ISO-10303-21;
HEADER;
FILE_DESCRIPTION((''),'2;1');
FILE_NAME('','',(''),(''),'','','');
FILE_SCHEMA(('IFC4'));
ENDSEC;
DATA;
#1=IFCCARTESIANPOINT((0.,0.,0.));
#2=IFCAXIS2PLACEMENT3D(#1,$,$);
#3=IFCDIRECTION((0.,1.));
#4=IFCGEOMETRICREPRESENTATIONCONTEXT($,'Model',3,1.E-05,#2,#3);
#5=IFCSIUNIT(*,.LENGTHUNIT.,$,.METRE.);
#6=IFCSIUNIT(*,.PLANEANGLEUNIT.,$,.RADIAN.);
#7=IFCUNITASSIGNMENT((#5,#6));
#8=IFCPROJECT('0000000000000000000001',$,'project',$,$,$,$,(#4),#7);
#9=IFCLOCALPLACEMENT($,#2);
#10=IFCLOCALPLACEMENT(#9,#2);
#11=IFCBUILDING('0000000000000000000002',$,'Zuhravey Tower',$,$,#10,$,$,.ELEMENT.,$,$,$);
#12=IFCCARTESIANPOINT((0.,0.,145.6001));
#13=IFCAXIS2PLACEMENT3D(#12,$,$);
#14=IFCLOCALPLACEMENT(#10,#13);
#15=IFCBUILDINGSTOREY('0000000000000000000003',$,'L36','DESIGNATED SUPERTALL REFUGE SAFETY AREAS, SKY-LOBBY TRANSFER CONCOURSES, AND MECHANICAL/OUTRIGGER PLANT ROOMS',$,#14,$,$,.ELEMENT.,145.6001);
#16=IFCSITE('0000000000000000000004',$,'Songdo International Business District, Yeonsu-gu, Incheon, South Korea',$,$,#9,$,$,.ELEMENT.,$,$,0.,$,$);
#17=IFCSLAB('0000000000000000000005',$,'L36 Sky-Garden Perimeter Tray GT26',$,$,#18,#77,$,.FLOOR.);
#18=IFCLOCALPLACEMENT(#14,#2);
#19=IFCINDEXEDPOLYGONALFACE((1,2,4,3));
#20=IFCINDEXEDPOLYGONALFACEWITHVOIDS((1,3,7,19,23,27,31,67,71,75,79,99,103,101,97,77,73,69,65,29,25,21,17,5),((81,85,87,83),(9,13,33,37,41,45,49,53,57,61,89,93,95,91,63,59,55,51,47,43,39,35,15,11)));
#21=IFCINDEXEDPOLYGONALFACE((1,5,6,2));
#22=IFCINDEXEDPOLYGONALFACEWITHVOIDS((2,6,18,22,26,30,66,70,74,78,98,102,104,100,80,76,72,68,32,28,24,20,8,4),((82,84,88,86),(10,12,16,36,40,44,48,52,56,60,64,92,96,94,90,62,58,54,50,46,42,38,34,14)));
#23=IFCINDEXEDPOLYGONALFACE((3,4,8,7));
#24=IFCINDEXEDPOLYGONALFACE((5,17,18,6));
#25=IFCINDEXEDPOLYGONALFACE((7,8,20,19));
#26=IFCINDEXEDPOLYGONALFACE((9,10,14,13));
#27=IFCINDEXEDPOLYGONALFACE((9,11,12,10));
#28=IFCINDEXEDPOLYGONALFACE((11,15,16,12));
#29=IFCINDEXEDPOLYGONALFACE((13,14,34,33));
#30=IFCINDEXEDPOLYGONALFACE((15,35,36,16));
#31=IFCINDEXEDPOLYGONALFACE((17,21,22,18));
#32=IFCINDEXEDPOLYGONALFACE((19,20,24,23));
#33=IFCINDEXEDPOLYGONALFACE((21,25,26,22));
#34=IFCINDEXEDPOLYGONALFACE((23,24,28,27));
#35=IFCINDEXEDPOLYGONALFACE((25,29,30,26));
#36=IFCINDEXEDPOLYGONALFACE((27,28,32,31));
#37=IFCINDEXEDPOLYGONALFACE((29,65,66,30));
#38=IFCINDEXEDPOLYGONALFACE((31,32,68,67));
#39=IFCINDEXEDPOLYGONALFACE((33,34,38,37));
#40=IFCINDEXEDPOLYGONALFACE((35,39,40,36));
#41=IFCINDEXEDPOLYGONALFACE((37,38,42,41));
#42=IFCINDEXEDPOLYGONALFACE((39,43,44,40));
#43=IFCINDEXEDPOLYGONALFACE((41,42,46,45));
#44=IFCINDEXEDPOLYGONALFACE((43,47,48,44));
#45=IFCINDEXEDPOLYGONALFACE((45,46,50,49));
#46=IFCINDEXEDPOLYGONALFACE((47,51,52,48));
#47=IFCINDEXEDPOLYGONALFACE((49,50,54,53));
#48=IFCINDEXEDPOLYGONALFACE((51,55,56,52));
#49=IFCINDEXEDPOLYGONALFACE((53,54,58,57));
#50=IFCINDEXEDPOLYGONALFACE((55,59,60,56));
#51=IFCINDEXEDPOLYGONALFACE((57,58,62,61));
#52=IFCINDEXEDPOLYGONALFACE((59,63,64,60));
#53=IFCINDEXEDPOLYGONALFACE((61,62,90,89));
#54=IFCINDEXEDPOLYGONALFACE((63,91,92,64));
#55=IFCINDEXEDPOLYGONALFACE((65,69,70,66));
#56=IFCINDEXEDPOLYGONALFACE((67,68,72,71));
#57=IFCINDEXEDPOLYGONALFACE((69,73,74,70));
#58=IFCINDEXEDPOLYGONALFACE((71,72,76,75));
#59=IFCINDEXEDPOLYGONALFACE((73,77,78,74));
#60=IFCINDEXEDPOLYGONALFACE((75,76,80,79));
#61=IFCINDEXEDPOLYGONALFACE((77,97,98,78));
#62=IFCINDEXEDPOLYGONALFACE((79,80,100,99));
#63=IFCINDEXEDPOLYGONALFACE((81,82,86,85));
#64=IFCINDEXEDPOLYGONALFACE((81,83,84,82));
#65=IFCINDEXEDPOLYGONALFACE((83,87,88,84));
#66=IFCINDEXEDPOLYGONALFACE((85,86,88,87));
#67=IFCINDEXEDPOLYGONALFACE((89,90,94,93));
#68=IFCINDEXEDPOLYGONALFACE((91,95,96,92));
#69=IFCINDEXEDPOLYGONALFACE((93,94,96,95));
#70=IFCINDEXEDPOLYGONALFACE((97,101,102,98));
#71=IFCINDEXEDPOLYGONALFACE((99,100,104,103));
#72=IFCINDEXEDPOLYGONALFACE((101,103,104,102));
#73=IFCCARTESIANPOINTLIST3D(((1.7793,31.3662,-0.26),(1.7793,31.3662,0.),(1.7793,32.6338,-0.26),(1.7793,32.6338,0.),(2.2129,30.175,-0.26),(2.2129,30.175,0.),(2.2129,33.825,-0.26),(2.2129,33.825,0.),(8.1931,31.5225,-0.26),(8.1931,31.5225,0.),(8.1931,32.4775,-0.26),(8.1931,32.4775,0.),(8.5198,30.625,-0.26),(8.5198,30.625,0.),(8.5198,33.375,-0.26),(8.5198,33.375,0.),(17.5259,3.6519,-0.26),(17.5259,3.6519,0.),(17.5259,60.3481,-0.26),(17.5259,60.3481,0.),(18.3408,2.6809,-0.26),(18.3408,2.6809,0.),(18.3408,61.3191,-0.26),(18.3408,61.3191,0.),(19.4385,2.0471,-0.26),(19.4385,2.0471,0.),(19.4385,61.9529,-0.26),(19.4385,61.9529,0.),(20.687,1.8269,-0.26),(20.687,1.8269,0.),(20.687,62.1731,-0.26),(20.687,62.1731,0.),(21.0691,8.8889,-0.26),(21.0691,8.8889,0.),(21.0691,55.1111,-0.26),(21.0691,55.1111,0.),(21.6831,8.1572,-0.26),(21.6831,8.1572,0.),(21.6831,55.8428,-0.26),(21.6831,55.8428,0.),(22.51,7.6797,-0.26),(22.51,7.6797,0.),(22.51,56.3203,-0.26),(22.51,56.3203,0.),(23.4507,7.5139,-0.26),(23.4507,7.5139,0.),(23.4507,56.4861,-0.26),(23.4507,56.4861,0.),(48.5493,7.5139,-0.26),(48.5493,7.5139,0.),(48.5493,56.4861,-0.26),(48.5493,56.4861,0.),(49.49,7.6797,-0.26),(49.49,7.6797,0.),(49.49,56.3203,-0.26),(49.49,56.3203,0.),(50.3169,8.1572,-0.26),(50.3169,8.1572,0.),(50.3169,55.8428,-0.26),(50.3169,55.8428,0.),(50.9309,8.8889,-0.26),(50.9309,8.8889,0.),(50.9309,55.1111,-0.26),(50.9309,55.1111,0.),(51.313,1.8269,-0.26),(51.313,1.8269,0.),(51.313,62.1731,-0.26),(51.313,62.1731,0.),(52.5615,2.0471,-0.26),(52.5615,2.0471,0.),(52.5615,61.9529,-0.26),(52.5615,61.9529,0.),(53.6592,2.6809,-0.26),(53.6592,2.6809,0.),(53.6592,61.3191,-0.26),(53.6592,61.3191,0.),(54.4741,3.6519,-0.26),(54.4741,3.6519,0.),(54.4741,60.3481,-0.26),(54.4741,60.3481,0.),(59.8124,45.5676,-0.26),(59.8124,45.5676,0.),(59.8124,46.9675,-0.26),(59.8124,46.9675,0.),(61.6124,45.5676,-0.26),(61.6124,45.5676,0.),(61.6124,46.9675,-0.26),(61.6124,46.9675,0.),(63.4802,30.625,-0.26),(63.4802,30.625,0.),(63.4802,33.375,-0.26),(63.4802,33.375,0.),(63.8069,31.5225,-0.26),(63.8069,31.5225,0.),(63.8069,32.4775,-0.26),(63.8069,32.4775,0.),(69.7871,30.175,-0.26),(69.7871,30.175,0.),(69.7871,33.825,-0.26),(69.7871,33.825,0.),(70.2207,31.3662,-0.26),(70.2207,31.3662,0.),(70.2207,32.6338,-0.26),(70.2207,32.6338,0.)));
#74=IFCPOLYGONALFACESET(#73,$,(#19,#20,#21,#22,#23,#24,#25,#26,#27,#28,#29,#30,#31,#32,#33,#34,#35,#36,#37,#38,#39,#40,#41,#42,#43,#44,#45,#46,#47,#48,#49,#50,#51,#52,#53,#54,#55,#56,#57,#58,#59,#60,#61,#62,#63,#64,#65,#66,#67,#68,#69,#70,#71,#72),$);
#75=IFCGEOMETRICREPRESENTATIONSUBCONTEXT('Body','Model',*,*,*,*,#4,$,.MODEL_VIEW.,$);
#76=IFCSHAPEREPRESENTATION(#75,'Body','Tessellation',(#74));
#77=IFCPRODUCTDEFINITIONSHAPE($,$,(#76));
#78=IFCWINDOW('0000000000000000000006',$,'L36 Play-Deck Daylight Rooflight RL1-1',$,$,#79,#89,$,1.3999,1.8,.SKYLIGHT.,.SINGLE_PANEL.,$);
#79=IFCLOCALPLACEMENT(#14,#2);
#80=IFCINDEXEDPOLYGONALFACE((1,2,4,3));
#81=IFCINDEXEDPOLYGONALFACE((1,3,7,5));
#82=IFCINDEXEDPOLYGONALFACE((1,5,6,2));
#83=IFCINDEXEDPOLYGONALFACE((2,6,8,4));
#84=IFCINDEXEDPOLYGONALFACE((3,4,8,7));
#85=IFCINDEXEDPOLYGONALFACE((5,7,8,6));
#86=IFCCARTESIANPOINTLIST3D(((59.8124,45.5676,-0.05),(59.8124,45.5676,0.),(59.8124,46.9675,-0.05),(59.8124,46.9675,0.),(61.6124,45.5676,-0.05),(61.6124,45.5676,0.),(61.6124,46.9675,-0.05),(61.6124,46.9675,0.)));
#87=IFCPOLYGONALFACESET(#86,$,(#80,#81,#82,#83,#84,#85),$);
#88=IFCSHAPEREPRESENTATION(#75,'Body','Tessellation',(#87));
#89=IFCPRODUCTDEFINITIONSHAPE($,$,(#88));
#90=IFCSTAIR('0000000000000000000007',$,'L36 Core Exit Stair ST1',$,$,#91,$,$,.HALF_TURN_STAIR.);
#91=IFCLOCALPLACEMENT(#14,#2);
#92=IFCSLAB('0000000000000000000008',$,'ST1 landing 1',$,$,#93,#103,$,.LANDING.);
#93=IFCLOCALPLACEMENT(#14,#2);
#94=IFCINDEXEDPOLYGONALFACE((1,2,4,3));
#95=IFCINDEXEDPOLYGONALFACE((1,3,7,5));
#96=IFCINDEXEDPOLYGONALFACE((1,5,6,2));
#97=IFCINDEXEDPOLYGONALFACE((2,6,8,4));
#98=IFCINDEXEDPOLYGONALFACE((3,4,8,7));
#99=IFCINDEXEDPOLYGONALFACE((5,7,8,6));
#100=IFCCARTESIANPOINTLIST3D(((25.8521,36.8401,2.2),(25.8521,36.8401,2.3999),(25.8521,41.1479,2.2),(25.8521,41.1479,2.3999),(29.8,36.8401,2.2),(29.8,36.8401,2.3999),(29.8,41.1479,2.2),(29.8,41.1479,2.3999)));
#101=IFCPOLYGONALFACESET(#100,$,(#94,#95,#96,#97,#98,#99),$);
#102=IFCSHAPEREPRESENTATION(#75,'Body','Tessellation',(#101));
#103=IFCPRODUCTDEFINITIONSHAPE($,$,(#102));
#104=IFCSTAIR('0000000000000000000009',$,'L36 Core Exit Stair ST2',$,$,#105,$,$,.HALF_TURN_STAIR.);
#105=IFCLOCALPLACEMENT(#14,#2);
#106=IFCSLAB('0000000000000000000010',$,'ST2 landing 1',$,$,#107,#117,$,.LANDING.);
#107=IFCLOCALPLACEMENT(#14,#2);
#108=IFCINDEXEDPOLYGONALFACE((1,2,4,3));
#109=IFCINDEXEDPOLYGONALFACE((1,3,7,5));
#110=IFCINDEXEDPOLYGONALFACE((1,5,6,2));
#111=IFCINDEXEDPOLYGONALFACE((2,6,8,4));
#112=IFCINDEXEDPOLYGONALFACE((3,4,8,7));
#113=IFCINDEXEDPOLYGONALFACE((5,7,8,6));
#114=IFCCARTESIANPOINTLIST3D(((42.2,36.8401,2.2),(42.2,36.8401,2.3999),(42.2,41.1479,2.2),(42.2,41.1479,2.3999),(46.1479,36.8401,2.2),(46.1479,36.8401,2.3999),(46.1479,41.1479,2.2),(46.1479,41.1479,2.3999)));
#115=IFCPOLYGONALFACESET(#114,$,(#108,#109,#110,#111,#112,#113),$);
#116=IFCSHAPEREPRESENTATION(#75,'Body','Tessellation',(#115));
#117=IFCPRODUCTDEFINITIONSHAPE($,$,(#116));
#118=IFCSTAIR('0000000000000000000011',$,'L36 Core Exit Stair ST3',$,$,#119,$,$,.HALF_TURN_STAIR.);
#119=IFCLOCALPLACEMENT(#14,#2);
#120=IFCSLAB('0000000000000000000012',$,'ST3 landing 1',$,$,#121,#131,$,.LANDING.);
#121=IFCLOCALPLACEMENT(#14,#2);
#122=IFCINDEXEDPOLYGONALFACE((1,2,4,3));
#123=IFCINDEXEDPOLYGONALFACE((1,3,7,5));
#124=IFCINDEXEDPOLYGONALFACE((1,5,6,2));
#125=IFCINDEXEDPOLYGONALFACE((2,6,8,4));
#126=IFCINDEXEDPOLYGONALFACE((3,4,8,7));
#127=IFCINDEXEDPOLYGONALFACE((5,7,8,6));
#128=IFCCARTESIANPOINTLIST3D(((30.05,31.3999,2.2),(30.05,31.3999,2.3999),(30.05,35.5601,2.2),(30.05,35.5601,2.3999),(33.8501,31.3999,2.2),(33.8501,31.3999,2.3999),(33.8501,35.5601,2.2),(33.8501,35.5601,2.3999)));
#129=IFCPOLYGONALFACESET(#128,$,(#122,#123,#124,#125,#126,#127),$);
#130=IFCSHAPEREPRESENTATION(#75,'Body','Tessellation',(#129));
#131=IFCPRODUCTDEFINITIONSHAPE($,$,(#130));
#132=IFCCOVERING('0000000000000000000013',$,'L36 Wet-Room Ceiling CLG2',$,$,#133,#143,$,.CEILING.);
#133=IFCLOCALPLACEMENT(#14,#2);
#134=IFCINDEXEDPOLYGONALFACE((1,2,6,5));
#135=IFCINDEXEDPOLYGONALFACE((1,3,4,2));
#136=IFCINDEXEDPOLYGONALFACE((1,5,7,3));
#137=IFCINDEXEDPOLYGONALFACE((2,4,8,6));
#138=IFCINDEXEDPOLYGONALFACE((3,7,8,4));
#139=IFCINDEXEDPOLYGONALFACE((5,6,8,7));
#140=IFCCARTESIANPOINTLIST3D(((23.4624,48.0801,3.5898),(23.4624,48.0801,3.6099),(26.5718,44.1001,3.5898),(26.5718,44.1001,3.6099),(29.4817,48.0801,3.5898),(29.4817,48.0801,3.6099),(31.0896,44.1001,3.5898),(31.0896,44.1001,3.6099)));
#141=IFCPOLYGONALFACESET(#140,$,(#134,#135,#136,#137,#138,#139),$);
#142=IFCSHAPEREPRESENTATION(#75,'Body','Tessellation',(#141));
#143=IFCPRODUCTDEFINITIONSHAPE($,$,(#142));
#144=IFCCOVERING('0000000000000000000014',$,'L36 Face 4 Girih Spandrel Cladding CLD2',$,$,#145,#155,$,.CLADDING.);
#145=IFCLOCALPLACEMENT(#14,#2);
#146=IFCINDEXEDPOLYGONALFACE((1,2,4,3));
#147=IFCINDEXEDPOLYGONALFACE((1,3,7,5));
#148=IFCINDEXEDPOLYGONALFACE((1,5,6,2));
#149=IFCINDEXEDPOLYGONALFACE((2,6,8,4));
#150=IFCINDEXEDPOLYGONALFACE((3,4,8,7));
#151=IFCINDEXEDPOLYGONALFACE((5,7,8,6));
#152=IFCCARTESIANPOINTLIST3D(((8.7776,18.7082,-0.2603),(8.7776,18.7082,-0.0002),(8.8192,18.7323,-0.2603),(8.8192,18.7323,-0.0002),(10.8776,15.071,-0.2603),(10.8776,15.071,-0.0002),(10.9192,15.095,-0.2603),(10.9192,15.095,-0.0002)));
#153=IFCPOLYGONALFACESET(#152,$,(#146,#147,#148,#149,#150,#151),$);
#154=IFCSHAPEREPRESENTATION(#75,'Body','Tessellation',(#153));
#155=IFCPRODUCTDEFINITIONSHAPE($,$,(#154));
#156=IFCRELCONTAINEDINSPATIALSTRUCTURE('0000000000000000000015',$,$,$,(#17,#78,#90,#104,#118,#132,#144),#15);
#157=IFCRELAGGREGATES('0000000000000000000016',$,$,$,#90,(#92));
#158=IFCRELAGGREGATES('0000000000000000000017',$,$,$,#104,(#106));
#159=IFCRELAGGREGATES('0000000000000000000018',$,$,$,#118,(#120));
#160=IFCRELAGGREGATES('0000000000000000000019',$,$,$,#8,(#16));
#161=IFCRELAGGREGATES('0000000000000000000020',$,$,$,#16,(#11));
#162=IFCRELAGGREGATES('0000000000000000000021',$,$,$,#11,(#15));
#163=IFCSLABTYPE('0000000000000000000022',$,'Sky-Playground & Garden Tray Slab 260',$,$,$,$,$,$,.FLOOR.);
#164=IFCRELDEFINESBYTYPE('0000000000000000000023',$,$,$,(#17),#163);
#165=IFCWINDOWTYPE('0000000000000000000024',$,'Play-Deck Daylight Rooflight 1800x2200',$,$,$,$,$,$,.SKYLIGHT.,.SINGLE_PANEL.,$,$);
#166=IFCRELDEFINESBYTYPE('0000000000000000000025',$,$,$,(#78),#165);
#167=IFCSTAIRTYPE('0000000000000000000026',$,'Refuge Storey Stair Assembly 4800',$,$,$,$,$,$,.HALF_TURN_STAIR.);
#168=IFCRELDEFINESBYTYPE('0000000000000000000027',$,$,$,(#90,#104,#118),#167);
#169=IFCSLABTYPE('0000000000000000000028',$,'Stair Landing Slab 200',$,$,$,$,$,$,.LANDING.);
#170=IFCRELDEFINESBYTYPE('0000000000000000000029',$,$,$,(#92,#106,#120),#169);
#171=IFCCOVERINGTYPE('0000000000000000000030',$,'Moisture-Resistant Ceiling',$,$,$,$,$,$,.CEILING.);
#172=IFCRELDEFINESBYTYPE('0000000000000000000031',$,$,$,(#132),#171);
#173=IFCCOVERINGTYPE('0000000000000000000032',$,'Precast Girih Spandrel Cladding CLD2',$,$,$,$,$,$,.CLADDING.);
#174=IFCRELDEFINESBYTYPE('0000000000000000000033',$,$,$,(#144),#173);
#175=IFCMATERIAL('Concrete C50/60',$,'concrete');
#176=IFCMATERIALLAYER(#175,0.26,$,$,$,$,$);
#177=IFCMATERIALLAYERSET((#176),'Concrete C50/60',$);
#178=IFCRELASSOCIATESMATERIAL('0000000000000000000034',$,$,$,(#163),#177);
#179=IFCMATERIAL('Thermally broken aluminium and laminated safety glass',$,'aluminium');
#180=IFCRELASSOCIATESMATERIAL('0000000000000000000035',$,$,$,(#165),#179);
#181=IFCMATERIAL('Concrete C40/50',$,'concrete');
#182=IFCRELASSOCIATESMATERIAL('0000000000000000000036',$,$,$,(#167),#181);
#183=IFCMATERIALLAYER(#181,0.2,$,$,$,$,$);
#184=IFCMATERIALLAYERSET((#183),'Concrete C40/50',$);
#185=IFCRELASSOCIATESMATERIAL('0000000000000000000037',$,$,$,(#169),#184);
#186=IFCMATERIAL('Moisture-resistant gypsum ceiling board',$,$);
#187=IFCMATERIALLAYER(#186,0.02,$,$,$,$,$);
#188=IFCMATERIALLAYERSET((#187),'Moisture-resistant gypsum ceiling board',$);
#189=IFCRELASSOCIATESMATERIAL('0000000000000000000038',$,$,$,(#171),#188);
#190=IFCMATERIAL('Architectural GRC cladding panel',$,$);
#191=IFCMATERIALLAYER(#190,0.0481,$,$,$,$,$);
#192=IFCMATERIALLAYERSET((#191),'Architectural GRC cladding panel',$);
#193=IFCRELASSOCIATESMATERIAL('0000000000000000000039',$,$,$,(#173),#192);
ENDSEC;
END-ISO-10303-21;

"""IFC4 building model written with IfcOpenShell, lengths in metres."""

from ifc_helpers import new_model, si_unit, direction, frame, origin, origin_2d, place, context, subcontext, project, spatial, polyline, rectangle, outline, extrude, material, layer, layer_set, type_object, element, fill, aggregate, save


model = new_model("IFC4")

# Units and contexts
model_context = context("Model", 3, precision=1e-05, world=origin(), true_north=direction((0.0, 1.0)))
body_context = subcontext(model_context, "Body", "Model", "MODEL_VIEW")
ifc_project = project(units=[si_unit("LENGTHUNIT", "METRE"), si_unit("PLANEANGLEUNIT", "RADIAN")], contexts=[model_context])

# Site, building, storey
site_placement = place(None, origin())
site = spatial("IfcSite", under=ifc_project, at=site_placement, Name="Songdo International Business District, Yeonsu-gu, Incheon, South Korea", CompositionType="ELEMENT", RefElevation=0.0)
building_placement = place(site_placement, origin())
building = spatial("IfcBuilding", under=site, at=building_placement, Name="Zuhravey Tower", CompositionType="ELEMENT")
storey_placement = place(building_placement, frame((0.0, 0.0, 145.6001)))
storey = spatial("IfcBuildingStorey", under=building, at=storey_placement, Name="L36", Description="DESIGNATED SUPERTALL REFUGE SAFETY AREAS, SKY-LOBBY TRANSFER CONCOURSES, AND MECHANICAL/OUTRIGGER PLANT ROOMS", CompositionType="ELEMENT", Elevation=145.6001)

# Shared definitions
ifc_material_1 = material(Name="Concrete C50/60", Category="concrete")

# Slab, opening, window
ifc_layer_1 = layer(ifc_material_1, 0.26)
ifc_layer_set_1 = layer_set([ifc_layer_1], Name="Concrete C50/60")
slab_type_1 = type_object("IfcSlabType", Name="Sky-Playground & Garden Tray Slab 260", PredefinedType="FLOOR", material=ifc_layer_set_1)
slab_1_placement = place(storey_placement, frame((0.0, 0.0, -0.26)))
slab_1 = element("IfcSlab", 1, at=slab_1_placement, inside=storey, type_object=slab_type_1, Name="L36 Sky-Garden Perimeter Tray GT26", PredefinedType="FLOOR", context=body_context, shape_type="SweptSolid", body=[
    extrude(outline(polyline([(69.7871, 30.175), (70.2207, 31.3662), (70.2207, 32.6338), (69.7871, 33.825), (54.4741, 60.3481), (53.6592, 61.3191), (52.5615, 61.9529), (51.313, 62.1731), (20.687, 62.1731), (19.4385, 61.9529), (18.3408, 61.3191), (17.5259, 60.3481), (2.2129, 33.825), (1.7793, 32.6338), (1.7793, 31.3662), (2.2129, 30.175), (17.5259, 3.6519), (18.3408, 2.6809), (19.4385, 2.0471), (20.687, 1.8269), (51.313, 1.8269), (52.5615, 2.0471), (53.6592, 2.6809), (54.4741, 3.6519), (69.7871, 30.175)]), holes=[polyline([(63.4802, 30.625), (63.8069, 31.5225), (63.8069, 32.4775), (63.4802, 33.375), (50.9309, 55.1111), (50.3169, 55.8428), (49.49, 56.3203), (48.5493, 56.4861), (23.4507, 56.4861), (22.51, 56.3203), (21.6831, 55.8428), (21.0691, 55.1111), (8.5198, 33.375), (8.1931, 32.4775), (8.1931, 31.5225), (8.5198, 30.625), (21.0691, 8.8889), (21.6831, 8.1572), (22.51, 7.6797), (23.4507, 7.5139), (48.5493, 7.5139), (49.49, 7.6797), (50.3169, 8.1572), (50.9309, 8.8889), (63.4802, 30.625)])]), origin(), (0.0, 0.0, 1.0), 0.26),
])
opening_placement = place(slab_1_placement, frame((60.7124, 46.2676, 0.0)))
opening = element("IfcOpeningElement", 2, at=opening_placement, cuts=slab_1, PredefinedType="OPENING", context=body_context, shape_type="SweptSolid", body=[
    extrude(rectangle(XDim=1.8, YDim=1.3999, at=origin_2d()), origin(), (0.0, 0.0, 1.0), 0.26),
])
ifc_material_2 = material(Name="Thermally broken aluminium and laminated safety glass", Category="aluminium")
window_type = type_object("IfcWindowType", Name="Play-Deck Daylight Rooflight 1800x2200", PartitioningType="SINGLE_PANEL", PredefinedType="SKYLIGHT", material=ifc_material_2)
window_placement = place(opening_placement, frame((0.0, 0.0, 0.21)))
window = element("IfcWindow", 3, at=window_placement, inside=storey, type_object=window_type, Name="L36 Play-Deck Daylight Rooflight RL1-1", OverallHeight=1.3999, OverallWidth=1.8, PartitioningType="SINGLE_PANEL", PredefinedType="SKYLIGHT", context=body_context, shape_type="SweptSolid", body=[
    extrude(rectangle(XDim=1.8, YDim=1.3999, at=origin_2d()), origin(), (0.0, 0.0, 1.0), 0.05),
])
fill(opening, window)

# Stairs, slabs
ifc_material_3 = material(Name="Concrete C40/50", Category="concrete")
stair_type = type_object("IfcStairType", Name="Refuge Storey Stair Assembly 4800", PredefinedType="HALF_TURN_STAIR", material=ifc_material_3)
stair_1_placement = place(storey_placement, origin())
stair_1 = element("IfcStair", 4, at=stair_1_placement, inside=storey, type_object=stair_type, Name="L36 Core Exit Stair ST1", PredefinedType="HALF_TURN_STAIR")
ifc_layer_2 = layer(ifc_material_3, 0.2)
ifc_layer_set_2 = layer_set([ifc_layer_2], Name="Concrete C40/50")
slab_type_2 = type_object("IfcSlabType", Name="Stair Landing Slab 200", PredefinedType="LANDING", material=ifc_layer_set_2)
slab_2_placement = place(storey_placement, frame((0.0, 0.0, 2.2)))
slab_2 = element("IfcSlab", 5, at=slab_2_placement, type_object=slab_type_2, Name="ST1 landing 1", PredefinedType="LANDING", context=body_context, shape_type="SweptSolid", body=[
    extrude(outline(polyline([(29.8, 36.8401), (29.8, 41.1479), (25.8521, 41.1479), (25.8521, 36.8401), (29.8, 36.8401)])), origin(), (0.0, 0.0, 1.0), 0.2),
])
aggregate(stair_1, [slab_2])
stair_2_placement = place(storey_placement, origin())
stair_2 = element("IfcStair", 6, at=stair_2_placement, inside=storey, type_object=stair_type, Name="L36 Core Exit Stair ST2", PredefinedType="HALF_TURN_STAIR")
slab_3_placement = place(storey_placement, frame((0.0, 0.0, 2.2)))
slab_3 = element("IfcSlab", 7, at=slab_3_placement, type_object=slab_type_2, Name="ST2 landing 1", PredefinedType="LANDING", context=body_context, shape_type="SweptSolid", body=[
    extrude(outline(polyline([(46.1479, 36.8401), (46.1479, 41.1479), (42.2, 41.1479), (42.2, 36.8401), (46.1479, 36.8401)])), origin(), (0.0, 0.0, 1.0), 0.2),
])
aggregate(stair_2, [slab_3])
stair_3_placement = place(storey_placement, origin())
stair_3 = element("IfcStair", 8, at=stair_3_placement, inside=storey, type_object=stair_type, Name="L36 Core Exit Stair ST3", PredefinedType="HALF_TURN_STAIR")
slab_4_placement = place(storey_placement, frame((0.0, 0.0, 2.2)))
slab_4 = element("IfcSlab", 9, at=slab_4_placement, type_object=slab_type_2, Name="ST3 landing 1", PredefinedType="LANDING", context=body_context, shape_type="SweptSolid", body=[
    extrude(outline(polyline([(30.05, 35.5601), (30.05, 31.3999), (33.8501, 31.3999), (33.8501, 35.5601), (30.05, 35.5601)])), origin(), (0.0, 0.0, 1.0), 0.2),
])
aggregate(stair_3, [slab_4])

# Coverings
ifc_material_4 = material(Name="Moisture-resistant gypsum ceiling board")
ifc_layer_3 = layer(ifc_material_4, 0.02)
ifc_layer_set_3 = layer_set([ifc_layer_3], Name="Moisture-resistant gypsum ceiling board")
covering_type_1 = type_object("IfcCoveringType", Name="Moisture-Resistant Ceiling", PredefinedType="CEILING", material=ifc_layer_set_3)
covering_1_placement = place(storey_placement, frame((0.0, 0.0, 3.5898)))
element("IfcCovering", 10, at=covering_1_placement, inside=storey, type_object=covering_type_1, Name="L36 Wet-Room Ceiling CLG2", PredefinedType="CEILING", context=body_context, shape_type="SweptSolid", body=[
    extrude(outline(polyline([(31.0896, 44.1001), (26.5718, 44.1001), (23.4624, 48.0801), (29.4817, 48.0801), (31.0896, 44.1001)])), origin(), (0.0, 0.0, 1.0), 0.02),
])
ifc_material_5 = material(Name="Architectural GRC cladding panel")
ifc_layer_4 = layer(ifc_material_5, 0.0481)
ifc_layer_set_4 = layer_set([ifc_layer_4], Name="Architectural GRC cladding panel")
covering_type_2 = type_object("IfcCoveringType", Name="Precast Girih Spandrel Cladding CLD2", PredefinedType="CLADDING", material=ifc_layer_set_4)
covering_2_placement = place(storey_placement, frame((9.8484, 16.9016, -0.2603), z_axis=(0.0, 0.0, 1.0), x_axis=(-0.5, 0.866025, 0.0)))
element("IfcCovering", 11, at=covering_2_placement, inside=storey, type_object=covering_type_2, Name="L36 Face 4 Girih Spandrel Cladding CLD2", PredefinedType="CLADDING", context=body_context, shape_type="SweptSolid", body=[
    extrude(rectangle(XDim=4.2, YDim=0.0481, at=origin_2d()), origin(), (0.0, 0.0, 1.0), 0.26),
])

save(model, "model.ifc")
